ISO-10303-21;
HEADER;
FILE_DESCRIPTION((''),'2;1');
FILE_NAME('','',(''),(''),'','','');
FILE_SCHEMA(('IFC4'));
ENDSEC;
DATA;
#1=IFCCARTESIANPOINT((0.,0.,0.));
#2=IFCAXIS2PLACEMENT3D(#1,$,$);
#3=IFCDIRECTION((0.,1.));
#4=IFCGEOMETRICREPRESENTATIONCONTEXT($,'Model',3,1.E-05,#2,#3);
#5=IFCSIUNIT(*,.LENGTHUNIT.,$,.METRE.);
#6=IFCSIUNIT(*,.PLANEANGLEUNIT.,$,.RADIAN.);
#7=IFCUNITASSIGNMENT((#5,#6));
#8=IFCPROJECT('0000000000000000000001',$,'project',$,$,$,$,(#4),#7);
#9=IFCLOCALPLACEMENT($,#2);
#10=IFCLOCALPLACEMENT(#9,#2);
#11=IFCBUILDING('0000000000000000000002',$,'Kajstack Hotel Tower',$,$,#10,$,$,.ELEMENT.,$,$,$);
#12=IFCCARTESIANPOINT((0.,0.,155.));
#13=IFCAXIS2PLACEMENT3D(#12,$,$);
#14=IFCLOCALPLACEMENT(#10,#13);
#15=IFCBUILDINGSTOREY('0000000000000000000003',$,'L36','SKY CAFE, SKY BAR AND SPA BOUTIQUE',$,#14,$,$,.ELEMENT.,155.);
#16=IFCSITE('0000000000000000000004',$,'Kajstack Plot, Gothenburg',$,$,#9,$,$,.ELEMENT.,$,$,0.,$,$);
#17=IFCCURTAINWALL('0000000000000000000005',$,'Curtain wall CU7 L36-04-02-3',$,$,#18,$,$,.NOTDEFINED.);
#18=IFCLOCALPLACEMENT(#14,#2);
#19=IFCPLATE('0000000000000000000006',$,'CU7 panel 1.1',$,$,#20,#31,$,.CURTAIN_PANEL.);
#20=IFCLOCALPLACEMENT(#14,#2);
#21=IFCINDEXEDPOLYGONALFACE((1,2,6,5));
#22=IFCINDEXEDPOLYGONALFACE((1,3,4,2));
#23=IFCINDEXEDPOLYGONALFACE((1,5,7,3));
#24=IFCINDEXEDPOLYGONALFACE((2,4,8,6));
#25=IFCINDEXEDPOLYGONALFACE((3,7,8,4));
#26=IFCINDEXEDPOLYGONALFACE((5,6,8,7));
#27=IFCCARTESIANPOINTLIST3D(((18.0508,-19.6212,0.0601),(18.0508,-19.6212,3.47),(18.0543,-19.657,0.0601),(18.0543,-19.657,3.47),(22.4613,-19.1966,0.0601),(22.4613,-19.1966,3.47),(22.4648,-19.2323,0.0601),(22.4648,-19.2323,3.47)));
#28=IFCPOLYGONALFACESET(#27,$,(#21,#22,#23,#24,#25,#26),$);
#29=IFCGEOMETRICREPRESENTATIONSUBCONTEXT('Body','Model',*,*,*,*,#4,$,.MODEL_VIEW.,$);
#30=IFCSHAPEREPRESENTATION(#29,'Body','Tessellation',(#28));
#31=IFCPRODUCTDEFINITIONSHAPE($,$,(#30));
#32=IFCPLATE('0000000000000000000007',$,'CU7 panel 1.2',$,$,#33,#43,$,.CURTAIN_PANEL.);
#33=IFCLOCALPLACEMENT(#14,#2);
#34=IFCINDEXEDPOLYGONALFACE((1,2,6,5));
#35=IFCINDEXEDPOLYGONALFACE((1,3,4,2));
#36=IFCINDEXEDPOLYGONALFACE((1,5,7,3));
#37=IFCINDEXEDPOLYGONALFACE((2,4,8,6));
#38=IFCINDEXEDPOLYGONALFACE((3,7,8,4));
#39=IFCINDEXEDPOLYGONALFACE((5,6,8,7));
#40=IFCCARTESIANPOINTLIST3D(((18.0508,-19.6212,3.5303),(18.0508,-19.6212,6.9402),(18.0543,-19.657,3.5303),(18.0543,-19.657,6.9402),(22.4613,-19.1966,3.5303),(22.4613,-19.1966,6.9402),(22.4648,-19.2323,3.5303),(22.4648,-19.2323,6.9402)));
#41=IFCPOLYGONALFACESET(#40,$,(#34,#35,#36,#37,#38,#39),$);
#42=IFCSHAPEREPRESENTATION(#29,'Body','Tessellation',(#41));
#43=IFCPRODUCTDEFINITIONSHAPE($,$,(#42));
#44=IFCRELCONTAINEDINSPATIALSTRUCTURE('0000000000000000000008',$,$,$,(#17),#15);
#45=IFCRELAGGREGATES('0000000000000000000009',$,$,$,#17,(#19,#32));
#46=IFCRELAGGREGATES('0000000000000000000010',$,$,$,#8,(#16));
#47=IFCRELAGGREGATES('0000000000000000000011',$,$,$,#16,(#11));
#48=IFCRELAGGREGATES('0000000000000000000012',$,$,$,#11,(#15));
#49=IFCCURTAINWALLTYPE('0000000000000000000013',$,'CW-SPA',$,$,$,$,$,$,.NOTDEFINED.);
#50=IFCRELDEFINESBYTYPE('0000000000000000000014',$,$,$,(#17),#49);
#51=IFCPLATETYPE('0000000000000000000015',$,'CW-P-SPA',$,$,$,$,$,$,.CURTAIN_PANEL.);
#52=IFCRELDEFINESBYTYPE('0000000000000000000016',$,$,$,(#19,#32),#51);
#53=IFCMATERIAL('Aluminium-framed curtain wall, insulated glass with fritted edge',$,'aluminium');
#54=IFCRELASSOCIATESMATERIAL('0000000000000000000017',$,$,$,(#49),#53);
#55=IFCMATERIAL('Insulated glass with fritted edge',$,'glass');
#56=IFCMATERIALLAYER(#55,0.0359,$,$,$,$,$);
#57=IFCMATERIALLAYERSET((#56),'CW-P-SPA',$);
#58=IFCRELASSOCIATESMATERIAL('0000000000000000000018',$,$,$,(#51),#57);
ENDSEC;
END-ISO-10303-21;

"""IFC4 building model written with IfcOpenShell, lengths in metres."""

from ifc_helpers import new_model, si_unit, direction, frame, origin, origin_2d, place, context, subcontext, project, spatial, rectangle, extrude, material, layer, layer_set, type_object, element, aggregate, save


model = new_model("IFC4")

# Units and contexts
model_context = context("Model", 3, precision=1e-05, world=origin(), true_north=direction((0.0, 1.0)))
body_context = subcontext(model_context, "Body", "Model", "MODEL_VIEW")
ifc_project = project(units=[si_unit("LENGTHUNIT", "METRE"), si_unit("PLANEANGLEUNIT", "RADIAN")], contexts=[model_context])

# Site, building, storey
site_placement = place(None, origin())
site = spatial("IfcSite", under=ifc_project, at=site_placement, Name="Kajstack Plot, Gothenburg", CompositionType="ELEMENT", RefElevation=0.0)
building_placement = place(site_placement, origin())
building = spatial("IfcBuilding", under=site, at=building_placement, Name="Kajstack Hotel Tower", CompositionType="ELEMENT")
storey_placement = place(building_placement, frame((0.0, 0.0, 155.0)))
storey = spatial("IfcBuildingStorey", under=building, at=storey_placement, Name="L36", Description="SKY CAFE, SKY BAR AND SPA BOUTIQUE", CompositionType="ELEMENT", Elevation=155.0)

# Shared definitions
ifc_material_1 = material(Name="Aluminium-framed curtain wall, insulated glass with fritted edge", Category="aluminium")
curtain_wall_type = type_object("IfcCurtainWallType", Name="CW-SPA", PredefinedType="NOTDEFINED", material=ifc_material_1)

# Curtain wall
curtain_wall_1_placement = place(storey_placement, origin())
curtain_wall_1 = element("IfcCurtainWall", 1, at=curtain_wall_1_placement, inside=storey, type_object=curtain_wall_type, Name="Curtain wall CU7 L36-04-02-3", PredefinedType="NOTDEFINED")

# Plates
ifc_material_2 = material(Name="Insulated glass with fritted edge", Category="glass")
ifc_layer = layer(ifc_material_2, 0.0359)
ifc_layer_set = layer_set([ifc_layer], Name="CW-P-SPA")
plate_type = type_object("IfcPlateType", Name="CW-P-SPA", PredefinedType="CURTAIN_PANEL", material=ifc_layer_set)
plate_1_placement = place(storey_placement, frame((20.2578, -19.4268, 0.0601), z_axis=(0.0, 0.0, 1.0), x_axis=(0.995396, 0.095845, 0.0)))
plate_1 = element("IfcPlate", 2, at=plate_1_placement, type_object=plate_type, Name="CU7 panel 1.1", PredefinedType="CURTAIN_PANEL", context=body_context, shape_type="SweptSolid", body=[
    extrude(rectangle(XDim=4.4309, YDim=0.0359, at=origin_2d()), origin(), (0.0, 0.0, 1.0), 3.4099),
])
plate_2_placement = place(storey_placement, frame((20.2578, -19.4268, 3.5303), z_axis=(0.0, 0.0, 1.0), x_axis=(0.995396, 0.095845, 0.0)))
plate_2 = element("IfcPlate", 3, at=plate_2_placement, type_object=plate_type, Name="CU7 panel 1.2", PredefinedType="CURTAIN_PANEL", context=body_context, shape_type="SweptSolid", body=[
    extrude(rectangle(XDim=4.4309, YDim=0.0359, at=origin_2d()), origin(), (0.0, 0.0, 1.0), 3.4099),
])
aggregate(curtain_wall_1, [plate_1, plate_2])

save(model, "model.ifc")
